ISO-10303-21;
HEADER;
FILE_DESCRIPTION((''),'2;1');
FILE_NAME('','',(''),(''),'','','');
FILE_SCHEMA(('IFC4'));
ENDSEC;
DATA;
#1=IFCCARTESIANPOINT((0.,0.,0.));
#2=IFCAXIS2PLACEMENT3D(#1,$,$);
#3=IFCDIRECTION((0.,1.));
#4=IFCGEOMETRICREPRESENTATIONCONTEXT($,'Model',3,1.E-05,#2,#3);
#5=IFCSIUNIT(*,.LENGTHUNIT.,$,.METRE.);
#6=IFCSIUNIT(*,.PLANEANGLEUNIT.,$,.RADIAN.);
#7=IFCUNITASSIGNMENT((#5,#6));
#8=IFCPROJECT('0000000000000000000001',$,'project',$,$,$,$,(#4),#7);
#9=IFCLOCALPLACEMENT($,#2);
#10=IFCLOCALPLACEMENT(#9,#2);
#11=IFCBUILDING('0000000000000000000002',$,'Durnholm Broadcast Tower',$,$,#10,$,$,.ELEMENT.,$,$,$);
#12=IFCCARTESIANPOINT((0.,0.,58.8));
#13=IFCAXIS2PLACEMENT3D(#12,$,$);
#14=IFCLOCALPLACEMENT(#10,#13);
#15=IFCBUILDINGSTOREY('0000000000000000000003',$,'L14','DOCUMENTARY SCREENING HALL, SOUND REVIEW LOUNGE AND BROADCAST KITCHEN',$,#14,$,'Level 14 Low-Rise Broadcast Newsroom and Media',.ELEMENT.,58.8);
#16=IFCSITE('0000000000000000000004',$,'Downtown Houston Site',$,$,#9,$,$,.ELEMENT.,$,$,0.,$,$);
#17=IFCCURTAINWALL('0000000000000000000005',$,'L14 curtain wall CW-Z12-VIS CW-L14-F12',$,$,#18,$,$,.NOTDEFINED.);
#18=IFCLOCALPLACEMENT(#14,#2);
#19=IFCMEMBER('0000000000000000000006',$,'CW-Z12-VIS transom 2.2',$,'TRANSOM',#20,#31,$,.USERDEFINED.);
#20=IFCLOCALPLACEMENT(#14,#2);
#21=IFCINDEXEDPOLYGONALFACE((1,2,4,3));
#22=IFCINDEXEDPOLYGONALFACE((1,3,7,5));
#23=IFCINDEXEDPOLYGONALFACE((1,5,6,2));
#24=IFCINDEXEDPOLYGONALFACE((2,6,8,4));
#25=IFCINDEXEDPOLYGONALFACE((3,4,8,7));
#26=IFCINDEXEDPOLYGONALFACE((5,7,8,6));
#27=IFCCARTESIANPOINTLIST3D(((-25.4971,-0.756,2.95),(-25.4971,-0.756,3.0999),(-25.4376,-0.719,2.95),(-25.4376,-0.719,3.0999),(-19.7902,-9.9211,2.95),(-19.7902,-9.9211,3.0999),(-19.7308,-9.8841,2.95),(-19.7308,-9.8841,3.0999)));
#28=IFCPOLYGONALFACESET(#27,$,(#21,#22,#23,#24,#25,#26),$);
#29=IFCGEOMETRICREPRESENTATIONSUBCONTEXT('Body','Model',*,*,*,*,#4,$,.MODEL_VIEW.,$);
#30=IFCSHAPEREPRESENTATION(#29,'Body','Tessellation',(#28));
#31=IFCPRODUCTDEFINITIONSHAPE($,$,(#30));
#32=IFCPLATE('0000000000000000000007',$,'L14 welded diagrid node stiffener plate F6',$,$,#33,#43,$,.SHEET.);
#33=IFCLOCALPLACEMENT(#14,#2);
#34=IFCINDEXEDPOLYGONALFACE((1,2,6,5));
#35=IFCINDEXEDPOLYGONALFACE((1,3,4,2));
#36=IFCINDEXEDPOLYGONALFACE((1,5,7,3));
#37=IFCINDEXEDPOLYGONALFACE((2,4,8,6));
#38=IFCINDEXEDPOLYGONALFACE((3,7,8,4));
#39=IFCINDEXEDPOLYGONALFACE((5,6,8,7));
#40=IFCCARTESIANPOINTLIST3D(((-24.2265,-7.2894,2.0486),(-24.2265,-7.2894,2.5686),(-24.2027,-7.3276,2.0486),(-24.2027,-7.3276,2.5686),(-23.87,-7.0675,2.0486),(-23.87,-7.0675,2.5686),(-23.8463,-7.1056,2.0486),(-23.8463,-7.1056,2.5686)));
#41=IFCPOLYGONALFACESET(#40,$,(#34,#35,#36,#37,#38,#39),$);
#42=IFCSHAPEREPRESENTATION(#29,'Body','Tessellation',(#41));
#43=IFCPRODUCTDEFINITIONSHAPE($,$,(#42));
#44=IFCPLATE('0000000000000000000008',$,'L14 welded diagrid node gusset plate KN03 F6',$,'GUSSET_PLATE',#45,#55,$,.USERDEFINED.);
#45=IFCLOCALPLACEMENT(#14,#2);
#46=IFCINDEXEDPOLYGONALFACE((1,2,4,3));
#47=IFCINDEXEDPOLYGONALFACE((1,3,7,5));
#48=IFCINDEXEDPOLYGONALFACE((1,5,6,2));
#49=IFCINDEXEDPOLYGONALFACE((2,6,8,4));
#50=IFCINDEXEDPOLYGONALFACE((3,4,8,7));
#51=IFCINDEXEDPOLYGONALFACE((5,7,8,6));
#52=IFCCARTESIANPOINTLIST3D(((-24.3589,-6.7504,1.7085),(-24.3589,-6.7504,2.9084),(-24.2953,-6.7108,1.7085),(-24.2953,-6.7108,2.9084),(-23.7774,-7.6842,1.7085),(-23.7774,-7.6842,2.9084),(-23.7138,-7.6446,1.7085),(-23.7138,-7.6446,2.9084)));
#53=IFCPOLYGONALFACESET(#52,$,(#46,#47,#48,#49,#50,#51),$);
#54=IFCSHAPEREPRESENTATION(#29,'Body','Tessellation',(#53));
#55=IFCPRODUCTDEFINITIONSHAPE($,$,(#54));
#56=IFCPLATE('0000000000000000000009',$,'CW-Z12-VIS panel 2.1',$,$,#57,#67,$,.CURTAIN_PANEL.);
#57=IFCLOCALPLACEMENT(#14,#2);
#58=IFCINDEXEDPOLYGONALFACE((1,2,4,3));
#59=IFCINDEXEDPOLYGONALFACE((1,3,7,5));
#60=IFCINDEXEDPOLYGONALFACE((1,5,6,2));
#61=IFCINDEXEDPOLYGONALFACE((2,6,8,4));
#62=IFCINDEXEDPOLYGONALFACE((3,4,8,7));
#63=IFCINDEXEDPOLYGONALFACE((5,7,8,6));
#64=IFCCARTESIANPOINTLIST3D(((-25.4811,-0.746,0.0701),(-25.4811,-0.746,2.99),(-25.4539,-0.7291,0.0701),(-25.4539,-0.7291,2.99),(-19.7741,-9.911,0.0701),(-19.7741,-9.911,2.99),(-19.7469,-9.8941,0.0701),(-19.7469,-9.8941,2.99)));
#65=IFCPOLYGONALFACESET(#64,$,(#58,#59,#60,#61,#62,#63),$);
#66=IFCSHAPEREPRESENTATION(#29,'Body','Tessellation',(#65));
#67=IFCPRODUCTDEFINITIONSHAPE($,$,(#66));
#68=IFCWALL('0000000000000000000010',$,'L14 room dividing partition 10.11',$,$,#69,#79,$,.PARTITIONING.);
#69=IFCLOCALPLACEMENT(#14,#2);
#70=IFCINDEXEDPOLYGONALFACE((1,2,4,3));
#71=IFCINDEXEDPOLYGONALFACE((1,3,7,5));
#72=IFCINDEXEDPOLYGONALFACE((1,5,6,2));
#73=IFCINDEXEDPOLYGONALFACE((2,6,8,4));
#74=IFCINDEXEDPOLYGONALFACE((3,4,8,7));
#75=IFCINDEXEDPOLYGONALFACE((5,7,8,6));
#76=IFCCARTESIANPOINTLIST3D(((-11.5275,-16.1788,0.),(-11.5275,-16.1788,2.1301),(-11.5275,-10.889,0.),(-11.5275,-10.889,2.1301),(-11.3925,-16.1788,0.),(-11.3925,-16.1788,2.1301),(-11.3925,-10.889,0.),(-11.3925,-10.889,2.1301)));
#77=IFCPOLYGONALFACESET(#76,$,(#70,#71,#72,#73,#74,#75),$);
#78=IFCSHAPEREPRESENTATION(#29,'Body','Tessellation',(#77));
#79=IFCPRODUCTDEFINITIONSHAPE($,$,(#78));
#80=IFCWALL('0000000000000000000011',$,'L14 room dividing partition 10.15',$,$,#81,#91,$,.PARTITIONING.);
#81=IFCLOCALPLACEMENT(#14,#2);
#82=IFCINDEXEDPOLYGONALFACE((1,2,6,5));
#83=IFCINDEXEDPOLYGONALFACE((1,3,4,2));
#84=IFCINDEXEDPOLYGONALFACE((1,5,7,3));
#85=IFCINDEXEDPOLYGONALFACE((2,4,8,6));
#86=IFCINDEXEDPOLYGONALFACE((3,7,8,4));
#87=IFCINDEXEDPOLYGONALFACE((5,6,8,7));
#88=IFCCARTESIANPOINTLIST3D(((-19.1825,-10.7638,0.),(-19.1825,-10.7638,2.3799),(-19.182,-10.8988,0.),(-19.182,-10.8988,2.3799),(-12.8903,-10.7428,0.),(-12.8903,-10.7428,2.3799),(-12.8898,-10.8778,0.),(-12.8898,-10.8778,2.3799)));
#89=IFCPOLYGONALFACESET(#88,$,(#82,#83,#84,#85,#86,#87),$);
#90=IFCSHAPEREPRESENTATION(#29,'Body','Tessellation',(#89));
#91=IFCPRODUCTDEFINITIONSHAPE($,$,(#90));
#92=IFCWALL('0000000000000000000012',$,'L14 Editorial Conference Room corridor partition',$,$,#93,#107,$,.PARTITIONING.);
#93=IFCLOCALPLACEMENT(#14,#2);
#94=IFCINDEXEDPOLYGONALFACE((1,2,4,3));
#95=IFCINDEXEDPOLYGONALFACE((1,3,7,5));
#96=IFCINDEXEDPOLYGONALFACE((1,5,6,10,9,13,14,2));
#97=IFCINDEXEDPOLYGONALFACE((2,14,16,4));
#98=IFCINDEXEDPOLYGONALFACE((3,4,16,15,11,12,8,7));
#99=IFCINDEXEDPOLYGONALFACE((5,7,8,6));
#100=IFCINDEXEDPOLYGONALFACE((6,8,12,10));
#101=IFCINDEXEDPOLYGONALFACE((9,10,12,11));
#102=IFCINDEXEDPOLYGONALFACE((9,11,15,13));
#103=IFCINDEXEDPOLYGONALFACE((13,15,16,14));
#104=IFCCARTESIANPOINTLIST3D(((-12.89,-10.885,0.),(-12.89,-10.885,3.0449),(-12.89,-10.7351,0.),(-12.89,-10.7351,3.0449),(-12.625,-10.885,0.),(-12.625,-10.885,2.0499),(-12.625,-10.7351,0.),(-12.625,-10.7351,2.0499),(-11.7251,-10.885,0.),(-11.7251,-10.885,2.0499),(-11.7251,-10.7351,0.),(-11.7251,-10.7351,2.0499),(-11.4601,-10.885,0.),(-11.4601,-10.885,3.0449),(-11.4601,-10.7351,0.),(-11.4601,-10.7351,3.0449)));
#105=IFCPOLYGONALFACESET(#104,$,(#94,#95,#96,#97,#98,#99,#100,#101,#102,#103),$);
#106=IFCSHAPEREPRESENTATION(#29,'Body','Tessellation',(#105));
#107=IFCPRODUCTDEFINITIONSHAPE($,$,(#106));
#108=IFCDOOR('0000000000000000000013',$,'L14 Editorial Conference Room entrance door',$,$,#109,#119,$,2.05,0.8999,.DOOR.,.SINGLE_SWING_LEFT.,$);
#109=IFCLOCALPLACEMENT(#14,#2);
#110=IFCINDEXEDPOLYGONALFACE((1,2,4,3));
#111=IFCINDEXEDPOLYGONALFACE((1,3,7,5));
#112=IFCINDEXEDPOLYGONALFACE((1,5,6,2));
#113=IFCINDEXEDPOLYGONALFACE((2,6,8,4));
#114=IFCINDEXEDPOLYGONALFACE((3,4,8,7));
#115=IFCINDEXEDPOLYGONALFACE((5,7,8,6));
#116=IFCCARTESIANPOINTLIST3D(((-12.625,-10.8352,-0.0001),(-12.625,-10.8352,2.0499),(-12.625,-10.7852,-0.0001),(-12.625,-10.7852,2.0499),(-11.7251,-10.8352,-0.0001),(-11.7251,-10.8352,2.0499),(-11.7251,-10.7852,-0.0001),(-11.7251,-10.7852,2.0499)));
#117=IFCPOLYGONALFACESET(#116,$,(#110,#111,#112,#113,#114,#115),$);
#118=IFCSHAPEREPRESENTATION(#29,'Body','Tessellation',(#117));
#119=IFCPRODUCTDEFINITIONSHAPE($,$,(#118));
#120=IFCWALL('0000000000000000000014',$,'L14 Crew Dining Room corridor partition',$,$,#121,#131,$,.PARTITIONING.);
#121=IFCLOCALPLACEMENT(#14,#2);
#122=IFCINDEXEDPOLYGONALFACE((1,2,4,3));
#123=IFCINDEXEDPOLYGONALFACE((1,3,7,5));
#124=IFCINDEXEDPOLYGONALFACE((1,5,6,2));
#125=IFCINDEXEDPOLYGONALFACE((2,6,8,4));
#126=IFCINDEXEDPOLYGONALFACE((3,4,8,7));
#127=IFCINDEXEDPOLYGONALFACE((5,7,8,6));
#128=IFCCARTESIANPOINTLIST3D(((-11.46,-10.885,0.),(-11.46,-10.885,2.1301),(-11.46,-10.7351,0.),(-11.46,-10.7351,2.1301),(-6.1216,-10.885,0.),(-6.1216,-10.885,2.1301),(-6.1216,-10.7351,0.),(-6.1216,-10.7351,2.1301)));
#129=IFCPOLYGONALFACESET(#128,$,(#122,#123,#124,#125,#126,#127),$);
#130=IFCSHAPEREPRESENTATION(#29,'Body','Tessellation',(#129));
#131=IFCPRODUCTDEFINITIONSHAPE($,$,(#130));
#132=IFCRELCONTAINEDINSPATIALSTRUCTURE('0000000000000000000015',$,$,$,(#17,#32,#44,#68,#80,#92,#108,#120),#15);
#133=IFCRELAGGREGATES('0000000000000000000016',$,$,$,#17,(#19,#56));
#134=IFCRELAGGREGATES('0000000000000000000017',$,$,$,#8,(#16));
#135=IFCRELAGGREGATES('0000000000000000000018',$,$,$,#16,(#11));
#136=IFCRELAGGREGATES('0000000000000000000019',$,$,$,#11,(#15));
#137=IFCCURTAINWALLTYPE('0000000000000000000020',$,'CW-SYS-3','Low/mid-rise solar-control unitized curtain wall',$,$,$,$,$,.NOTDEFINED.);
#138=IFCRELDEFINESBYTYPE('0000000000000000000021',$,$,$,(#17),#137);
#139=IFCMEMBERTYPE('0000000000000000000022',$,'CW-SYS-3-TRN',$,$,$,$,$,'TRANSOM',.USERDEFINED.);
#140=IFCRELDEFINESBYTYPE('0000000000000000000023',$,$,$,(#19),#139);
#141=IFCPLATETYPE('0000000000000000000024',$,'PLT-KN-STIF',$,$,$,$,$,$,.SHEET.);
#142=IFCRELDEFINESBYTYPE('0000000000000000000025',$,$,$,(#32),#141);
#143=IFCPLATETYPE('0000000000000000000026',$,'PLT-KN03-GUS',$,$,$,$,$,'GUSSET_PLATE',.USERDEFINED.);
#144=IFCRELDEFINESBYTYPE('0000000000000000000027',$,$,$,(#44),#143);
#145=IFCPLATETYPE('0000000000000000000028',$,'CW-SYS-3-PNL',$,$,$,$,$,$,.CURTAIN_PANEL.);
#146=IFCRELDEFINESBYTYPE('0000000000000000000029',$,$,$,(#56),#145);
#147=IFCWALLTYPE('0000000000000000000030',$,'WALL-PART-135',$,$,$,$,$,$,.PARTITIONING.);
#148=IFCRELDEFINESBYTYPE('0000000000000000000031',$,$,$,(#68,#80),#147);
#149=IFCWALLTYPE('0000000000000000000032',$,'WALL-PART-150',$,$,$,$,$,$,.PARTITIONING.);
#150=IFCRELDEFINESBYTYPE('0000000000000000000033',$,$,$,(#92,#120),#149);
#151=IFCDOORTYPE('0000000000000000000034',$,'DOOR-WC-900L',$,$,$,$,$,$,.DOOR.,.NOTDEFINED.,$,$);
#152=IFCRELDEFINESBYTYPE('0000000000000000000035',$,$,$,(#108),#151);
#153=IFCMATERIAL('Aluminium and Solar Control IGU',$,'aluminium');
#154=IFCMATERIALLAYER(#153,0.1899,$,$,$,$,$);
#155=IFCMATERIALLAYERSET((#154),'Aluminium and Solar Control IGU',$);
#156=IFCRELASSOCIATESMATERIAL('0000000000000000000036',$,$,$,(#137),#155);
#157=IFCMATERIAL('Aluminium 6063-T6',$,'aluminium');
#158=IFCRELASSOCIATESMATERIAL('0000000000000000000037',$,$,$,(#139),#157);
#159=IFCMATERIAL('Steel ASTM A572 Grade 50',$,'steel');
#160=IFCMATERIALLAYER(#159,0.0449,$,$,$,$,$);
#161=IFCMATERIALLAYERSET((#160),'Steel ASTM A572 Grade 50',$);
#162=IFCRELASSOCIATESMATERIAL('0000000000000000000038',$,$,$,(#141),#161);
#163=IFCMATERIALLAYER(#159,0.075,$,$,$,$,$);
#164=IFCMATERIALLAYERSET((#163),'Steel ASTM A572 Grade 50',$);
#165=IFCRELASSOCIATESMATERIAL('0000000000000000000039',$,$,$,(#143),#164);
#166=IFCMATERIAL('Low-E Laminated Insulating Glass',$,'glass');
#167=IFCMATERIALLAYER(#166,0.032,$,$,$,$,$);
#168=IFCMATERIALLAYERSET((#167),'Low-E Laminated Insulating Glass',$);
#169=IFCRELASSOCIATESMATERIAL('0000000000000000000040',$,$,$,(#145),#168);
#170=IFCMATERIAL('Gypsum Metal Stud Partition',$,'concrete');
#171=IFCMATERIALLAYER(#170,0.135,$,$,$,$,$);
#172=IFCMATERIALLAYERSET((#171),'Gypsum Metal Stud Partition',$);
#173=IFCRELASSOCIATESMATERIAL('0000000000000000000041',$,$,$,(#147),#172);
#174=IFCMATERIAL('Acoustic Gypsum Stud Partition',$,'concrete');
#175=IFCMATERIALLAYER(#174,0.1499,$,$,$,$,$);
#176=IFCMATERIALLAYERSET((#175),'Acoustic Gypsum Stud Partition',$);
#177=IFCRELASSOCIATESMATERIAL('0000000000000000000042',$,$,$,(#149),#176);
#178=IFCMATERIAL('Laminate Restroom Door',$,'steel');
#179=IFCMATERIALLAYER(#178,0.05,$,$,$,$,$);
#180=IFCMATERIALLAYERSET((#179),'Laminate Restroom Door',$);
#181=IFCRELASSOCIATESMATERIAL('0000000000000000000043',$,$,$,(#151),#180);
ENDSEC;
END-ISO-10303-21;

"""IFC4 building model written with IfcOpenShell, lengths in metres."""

from ifc_helpers import new_model, si_unit, direction, frame, frame_2d, origin, origin_2d, place, context, subcontext, project, spatial, rectangle, extrude, source, transform, mapped, material, layer, layer_set, material_profile, profile_set, type_object, type_shapes, element, fill, aggregate, save


model = new_model("IFC4")

# Units and contexts
model_context = context("Model", 3, precision=1e-05, world=origin(), true_north=direction((0.0, 1.0)))
body_context = subcontext(model_context, "Body", "Model", "MODEL_VIEW")
ifc_project = project(units=[si_unit("LENGTHUNIT", "METRE"), si_unit("PLANEANGLEUNIT", "RADIAN")], contexts=[model_context])

# Site, building, storey
site_placement = place(None, origin())
site = spatial("IfcSite", under=ifc_project, at=site_placement, Name="Downtown Houston Site", CompositionType="ELEMENT", RefElevation=0.0)
building_placement = place(site_placement, origin())
building = spatial("IfcBuilding", under=site, at=building_placement, Name="Durnholm Broadcast Tower", CompositionType="ELEMENT")
storey_placement = place(building_placement, frame((0.0, 0.0, 58.8)))
storey = spatial("IfcBuildingStorey", under=building, at=storey_placement, Name="L14", Description="DOCUMENTARY SCREENING HALL, SOUND REVIEW LOUNGE AND BROADCAST KITCHEN", LongName="Level 14 Low-Rise Broadcast Newsroom and Media", CompositionType="ELEMENT", Elevation=58.8)

# Curtain wall, member
ifc_material_1 = material(Name="Aluminium and Solar Control IGU", Category="aluminium")
ifc_material_2 = material(Name="Aluminium 6063-T6", Category="aluminium")
ifc_layer_1 = layer(ifc_material_1, 0.1899)
ifc_layer_set_1 = layer_set([ifc_layer_1], Name="Aluminium and Solar Control IGU")
curtain_wall_type_1 = type_object("IfcCurtainWallType", Name="CW-SYS-3", Description="Low/mid-rise solar-control unitized curtain wall", PredefinedType="NOTDEFINED", material=ifc_layer_set_1)
curtain_wall_1_placement = place(storey_placement, origin())
curtain_wall_1 = element("IfcCurtainWall", 1, at=curtain_wall_1_placement, inside=storey, type_object=curtain_wall_type_1, Name="L14 curtain wall CW-Z12-VIS CW-L14-F12", PredefinedType="NOTDEFINED")
ifc_material_profile_1 = material_profile(ifc_material_2, rectangle(XDim=0.0701, YDim=0.1499, at=origin_2d()), Name="CWT70X150")
ifc_profile_set_1 = profile_set([ifc_material_profile_1], Name="Aluminium 6063-T6")
member_type_1 = type_object("IfcMemberType", Name="CW-SYS-3-TRN", ElementType="TRANSOM", PredefinedType="USERDEFINED", material=ifc_profile_set_1)
shared_shape_1 = source(origin(), body_context, "Body", "SweptSolid", [
    extrude(rectangle(XDim=0.0701, YDim=0.1499, at=origin_2d()), origin(), (0.0, 0.0, 1.0), 10.7966),
])
type_shapes(member_type_1, [shared_shape_1])
member_1_placement = place(storey_placement, frame((-19.7605, -9.9026, 3.0249), z_axis=(-0.528575, 0.848886, 0.0), x_axis=(-0.848886, -0.528575, 0.0)))
member_1 = element("IfcMember", 2, at=member_1_placement, type_object=member_type_1, Name="CW-Z12-VIS transom 2.2", ObjectType="TRANSOM", PredefinedType="USERDEFINED", context=body_context, shape_type="MappedRepresentation", body=[
    mapped(shared_shape_1, transform((0.0, 0.0, 0.0), x_axis=(1.0, 0.0, 0.0), y_axis=(0.0, 1.0, 0.0), z_axis=(0.0, 0.0, 1.0), scale=1.0)),
])

# Plates
ifc_material_3 = material(Name="Steel ASTM A572 Grade 50", Category="steel")
ifc_layer_2 = layer(ifc_material_3, 0.0449)
ifc_layer_set_2 = layer_set([ifc_layer_2], Name="Steel ASTM A572 Grade 50")
plate_type_1 = type_object("IfcPlateType", Name="PLT-KN-STIF", PredefinedType="SHEET", material=ifc_layer_set_2)
shared_shape_2 = source(origin(), body_context, "Body", "SweptSolid", [
    extrude(rectangle(XDim=0.0449, YDim=0.4199, at=origin_2d()), origin(), (0.0, 0.0, 1.0), 0.52),
])
type_shapes(plate_type_1, [shared_shape_2])
plate_1_placement = place(storey_placement, frame((-24.0364, -7.1975, 2.0486), z_axis=(0.0, 0.0, 1.0), x_axis=(0.528587, -0.848879, 0.0)))
element("IfcPlate", 3, at=plate_1_placement, inside=storey, type_object=plate_type_1, Name="L14 welded diagrid node stiffener plate F6", PredefinedType="SHEET", context=body_context, shape_type="MappedRepresentation", body=[
    mapped(shared_shape_2, transform((0.0, 0.0, 0.0), x_axis=(1.0, 0.0, 0.0), y_axis=(0.0, 1.0, 0.0), z_axis=(0.0, 0.0, 1.0), scale=1.0)),
])
ifc_layer_3 = layer(ifc_material_3, 0.075)
ifc_layer_set_3 = layer_set([ifc_layer_3], Name="Steel ASTM A572 Grade 50")
plate_type_2 = type_object("IfcPlateType", Name="PLT-KN03-GUS", ElementType="GUSSET_PLATE", PredefinedType="USERDEFINED", material=ifc_layer_set_3)
shared_shape_3 = source(origin(), body_context, "Body", "SweptSolid", [
    extrude(rectangle(XDim=1.1001, YDim=0.075, at=origin_2d()), origin(), (0.0, 0.0, 1.0), 1.2),
])
type_shapes(plate_type_2, [shared_shape_3])
plate_2_placement = place(storey_placement, frame((-24.0364, -7.1975, 1.7085), z_axis=(0.0, 0.0, 1.0), x_axis=(0.528587, -0.848879, 0.0)))
element("IfcPlate", 4, at=plate_2_placement, inside=storey, type_object=plate_type_2, Name="L14 welded diagrid node gusset plate KN03 F6", ObjectType="GUSSET_PLATE", PredefinedType="USERDEFINED", context=body_context, shape_type="MappedRepresentation", body=[
    mapped(shared_shape_3, transform((0.0, 0.0, 0.0), x_axis=(1.0, 0.0, 0.0), y_axis=(0.0, 1.0, 0.0), z_axis=(0.0, 0.0, 1.0), scale=1.0)),
])

# Plate
ifc_material_4 = material(Name="Low-E Laminated Insulating Glass", Category="glass")
ifc_layer_4 = layer(ifc_material_4, 0.032)
ifc_layer_set_4 = layer_set([ifc_layer_4], Name="Low-E Laminated Insulating Glass")
plate_type_3 = type_object("IfcPlateType", Name="CW-SYS-3-PNL", PredefinedType="CURTAIN_PANEL", material=ifc_layer_set_4)
shared_shape_4 = source(origin(), body_context, "Body", "SweptSolid", [
    extrude(rectangle(XDim=10.7966, YDim=0.032, at=origin_2d()), origin(), (0.0, 0.0, 1.0), 2.9199),
])
type_shapes(plate_type_3, [shared_shape_4])
plate_3_placement = place(storey_placement, frame((-22.614, -5.3201, 0.0701), z_axis=(0.0, 0.0, 1.0), x_axis=(-0.528592, 0.848876, 0.0)))
plate_3 = element("IfcPlate", 5, at=plate_3_placement, type_object=plate_type_3, Name="CW-Z12-VIS panel 2.1", PredefinedType="CURTAIN_PANEL", context=body_context, shape_type="MappedRepresentation", body=[
    mapped(shared_shape_4, transform((0.0, 0.0, 0.0), x_axis=(1.0, 0.0, 0.0), y_axis=(0.0, 1.0, 0.0), z_axis=(0.0, 0.0, 1.0), scale=1.0)),
])
aggregate(curtain_wall_1, [member_1, plate_3])

# Walls
ifc_material_5 = material(Name="Gypsum Metal Stud Partition", Category="concrete")
ifc_layer_5 = layer(ifc_material_5, 0.135)
ifc_layer_set_5 = layer_set([ifc_layer_5], Name="Gypsum Metal Stud Partition")
wall_type_1 = type_object("IfcWallType", Name="WALL-PART-135", PredefinedType="PARTITIONING", material=ifc_layer_set_5)
wall_1_placement = place(storey_placement, frame((-11.46, -10.8889, 0.0), z_axis=(0.0, 0.0, 1.0), x_axis=(0.0, -1.0, 0.0)))
element("IfcWall", 6, at=wall_1_placement, inside=storey, type_object=wall_type_1, Name="L14 room dividing partition 10.11", PredefinedType="PARTITIONING", context=body_context, shape_type="SweptSolid", body=[
    extrude(rectangle(XDim=5.2898, YDim=0.135, at=frame_2d((2.645, 0.0))), origin(), (0.0, 0.0, 1.0), 2.1301),
])
wall_2_placement = place(storey_placement, frame((-19.1821, -10.8313, 0.0), z_axis=(0.0, 0.0, 1.0), x_axis=(0.999994, 0.003337, 0.0)))
element("IfcWall", 7, at=wall_2_placement, inside=storey, type_object=wall_type_1, Name="L14 room dividing partition 10.15", PredefinedType="PARTITIONING", context=body_context, shape_type="SweptSolid", body=[
    extrude(rectangle(XDim=6.2922, YDim=0.135, at=frame_2d((3.146, 0.0))), origin(), (0.0, 0.0, 1.0), 2.3799),
])

# Wall, opening, door
ifc_material_6 = material(Name="Acoustic Gypsum Stud Partition", Category="concrete")
ifc_layer_6 = layer(ifc_material_6, 0.1499)
ifc_layer_set_6 = layer_set([ifc_layer_6], Name="Acoustic Gypsum Stud Partition")
wall_type_2 = type_object("IfcWallType", Name="WALL-PART-150", PredefinedType="PARTITIONING", material=ifc_layer_set_6)
wall_3_placement = place(storey_placement, frame((-12.8899, -10.8101, 0.0), z_axis=(0.0, 0.0, 1.0), x_axis=(1.0, 0.0, 0.0)))
wall_3 = element("IfcWall", 8, at=wall_3_placement, inside=storey, type_object=wall_type_2, Name="L14 Editorial Conference Room corridor partition", PredefinedType="PARTITIONING", context=body_context, shape_type="SweptSolid", body=[
    extrude(rectangle(XDim=1.4299, YDim=0.1499, at=frame_2d((0.7148, 0.0))), origin(), (0.0, 0.0, 1.0), 3.0449),
])
opening_placement = place(wall_3_placement, frame((0.2649, 0.0, 0.0)))
opening = element("IfcOpeningElement", 9, at=opening_placement, cuts=wall_3, PredefinedType="OPENING", context=body_context, shape_type="SweptSolid", body=[
    extrude(rectangle(XDim=0.8999, YDim=2.05, at=frame_2d((0.45, 1.0249))), frame((0.0, 0.085, 0.0), z_axis=(0.0, -1.0, 0.0), x_axis=(1.0, 0.0, 0.0)), (0.0, 0.0, 1.0), 0.1699),
])
ifc_material_7 = material(Name="Laminate Restroom Door", Category="steel")
ifc_layer_7 = layer(ifc_material_7, 0.05)
ifc_layer_set_7 = layer_set([ifc_layer_7], Name="Laminate Restroom Door")
door_type = type_object("IfcDoorType", Name="DOOR-WC-900L", OperationType="NOTDEFINED", PredefinedType="DOOR", material=ifc_layer_set_7)
shared_shape_5 = source(origin(), body_context, "Body", "SweptSolid", [
    extrude(rectangle(XDim=0.8999, YDim=2.05, at=frame_2d((0.45, 1.0249))), frame((0.0, 0.0249, 0.0), z_axis=(0.0, -1.0, 0.0), x_axis=(1.0, 0.0, 0.0)), (0.0, 0.0, 1.0), 0.05),
])
type_shapes(door_type, [shared_shape_5])
door_placement = place(opening_placement, origin())
door = element("IfcDoor", 10, at=door_placement, inside=storey, type_object=door_type, Name="L14 Editorial Conference Room entrance door", OperationType="SINGLE_SWING_LEFT", OverallHeight=2.05, OverallWidth=0.8999, PredefinedType="DOOR", context=body_context, shape_type="MappedRepresentation", body=[
    mapped(shared_shape_5, transform((0.0, 0.0, 0.0), x_axis=(1.0, 0.0, 0.0), y_axis=(0.0, 1.0, 0.0), z_axis=(0.0, 0.0, 1.0), scale=1.0)),
])
fill(opening, door)

# Wall
wall_4_placement = place(storey_placement, frame((-11.46, -10.8101, 0.0), z_axis=(0.0, 0.0, 1.0), x_axis=(1.0, 0.0, 0.0)))
element("IfcWall", 11, at=wall_4_placement, inside=storey, type_object=wall_type_2, Name="L14 Crew Dining Room corridor partition", PredefinedType="PARTITIONING", context=body_context, shape_type="SweptSolid", body=[
    extrude(rectangle(XDim=5.3384, YDim=0.1499, at=frame_2d((2.6692, 0.0))), origin(), (0.0, 0.0, 1.0), 2.1301),
])

save(model, "model.ifc")
